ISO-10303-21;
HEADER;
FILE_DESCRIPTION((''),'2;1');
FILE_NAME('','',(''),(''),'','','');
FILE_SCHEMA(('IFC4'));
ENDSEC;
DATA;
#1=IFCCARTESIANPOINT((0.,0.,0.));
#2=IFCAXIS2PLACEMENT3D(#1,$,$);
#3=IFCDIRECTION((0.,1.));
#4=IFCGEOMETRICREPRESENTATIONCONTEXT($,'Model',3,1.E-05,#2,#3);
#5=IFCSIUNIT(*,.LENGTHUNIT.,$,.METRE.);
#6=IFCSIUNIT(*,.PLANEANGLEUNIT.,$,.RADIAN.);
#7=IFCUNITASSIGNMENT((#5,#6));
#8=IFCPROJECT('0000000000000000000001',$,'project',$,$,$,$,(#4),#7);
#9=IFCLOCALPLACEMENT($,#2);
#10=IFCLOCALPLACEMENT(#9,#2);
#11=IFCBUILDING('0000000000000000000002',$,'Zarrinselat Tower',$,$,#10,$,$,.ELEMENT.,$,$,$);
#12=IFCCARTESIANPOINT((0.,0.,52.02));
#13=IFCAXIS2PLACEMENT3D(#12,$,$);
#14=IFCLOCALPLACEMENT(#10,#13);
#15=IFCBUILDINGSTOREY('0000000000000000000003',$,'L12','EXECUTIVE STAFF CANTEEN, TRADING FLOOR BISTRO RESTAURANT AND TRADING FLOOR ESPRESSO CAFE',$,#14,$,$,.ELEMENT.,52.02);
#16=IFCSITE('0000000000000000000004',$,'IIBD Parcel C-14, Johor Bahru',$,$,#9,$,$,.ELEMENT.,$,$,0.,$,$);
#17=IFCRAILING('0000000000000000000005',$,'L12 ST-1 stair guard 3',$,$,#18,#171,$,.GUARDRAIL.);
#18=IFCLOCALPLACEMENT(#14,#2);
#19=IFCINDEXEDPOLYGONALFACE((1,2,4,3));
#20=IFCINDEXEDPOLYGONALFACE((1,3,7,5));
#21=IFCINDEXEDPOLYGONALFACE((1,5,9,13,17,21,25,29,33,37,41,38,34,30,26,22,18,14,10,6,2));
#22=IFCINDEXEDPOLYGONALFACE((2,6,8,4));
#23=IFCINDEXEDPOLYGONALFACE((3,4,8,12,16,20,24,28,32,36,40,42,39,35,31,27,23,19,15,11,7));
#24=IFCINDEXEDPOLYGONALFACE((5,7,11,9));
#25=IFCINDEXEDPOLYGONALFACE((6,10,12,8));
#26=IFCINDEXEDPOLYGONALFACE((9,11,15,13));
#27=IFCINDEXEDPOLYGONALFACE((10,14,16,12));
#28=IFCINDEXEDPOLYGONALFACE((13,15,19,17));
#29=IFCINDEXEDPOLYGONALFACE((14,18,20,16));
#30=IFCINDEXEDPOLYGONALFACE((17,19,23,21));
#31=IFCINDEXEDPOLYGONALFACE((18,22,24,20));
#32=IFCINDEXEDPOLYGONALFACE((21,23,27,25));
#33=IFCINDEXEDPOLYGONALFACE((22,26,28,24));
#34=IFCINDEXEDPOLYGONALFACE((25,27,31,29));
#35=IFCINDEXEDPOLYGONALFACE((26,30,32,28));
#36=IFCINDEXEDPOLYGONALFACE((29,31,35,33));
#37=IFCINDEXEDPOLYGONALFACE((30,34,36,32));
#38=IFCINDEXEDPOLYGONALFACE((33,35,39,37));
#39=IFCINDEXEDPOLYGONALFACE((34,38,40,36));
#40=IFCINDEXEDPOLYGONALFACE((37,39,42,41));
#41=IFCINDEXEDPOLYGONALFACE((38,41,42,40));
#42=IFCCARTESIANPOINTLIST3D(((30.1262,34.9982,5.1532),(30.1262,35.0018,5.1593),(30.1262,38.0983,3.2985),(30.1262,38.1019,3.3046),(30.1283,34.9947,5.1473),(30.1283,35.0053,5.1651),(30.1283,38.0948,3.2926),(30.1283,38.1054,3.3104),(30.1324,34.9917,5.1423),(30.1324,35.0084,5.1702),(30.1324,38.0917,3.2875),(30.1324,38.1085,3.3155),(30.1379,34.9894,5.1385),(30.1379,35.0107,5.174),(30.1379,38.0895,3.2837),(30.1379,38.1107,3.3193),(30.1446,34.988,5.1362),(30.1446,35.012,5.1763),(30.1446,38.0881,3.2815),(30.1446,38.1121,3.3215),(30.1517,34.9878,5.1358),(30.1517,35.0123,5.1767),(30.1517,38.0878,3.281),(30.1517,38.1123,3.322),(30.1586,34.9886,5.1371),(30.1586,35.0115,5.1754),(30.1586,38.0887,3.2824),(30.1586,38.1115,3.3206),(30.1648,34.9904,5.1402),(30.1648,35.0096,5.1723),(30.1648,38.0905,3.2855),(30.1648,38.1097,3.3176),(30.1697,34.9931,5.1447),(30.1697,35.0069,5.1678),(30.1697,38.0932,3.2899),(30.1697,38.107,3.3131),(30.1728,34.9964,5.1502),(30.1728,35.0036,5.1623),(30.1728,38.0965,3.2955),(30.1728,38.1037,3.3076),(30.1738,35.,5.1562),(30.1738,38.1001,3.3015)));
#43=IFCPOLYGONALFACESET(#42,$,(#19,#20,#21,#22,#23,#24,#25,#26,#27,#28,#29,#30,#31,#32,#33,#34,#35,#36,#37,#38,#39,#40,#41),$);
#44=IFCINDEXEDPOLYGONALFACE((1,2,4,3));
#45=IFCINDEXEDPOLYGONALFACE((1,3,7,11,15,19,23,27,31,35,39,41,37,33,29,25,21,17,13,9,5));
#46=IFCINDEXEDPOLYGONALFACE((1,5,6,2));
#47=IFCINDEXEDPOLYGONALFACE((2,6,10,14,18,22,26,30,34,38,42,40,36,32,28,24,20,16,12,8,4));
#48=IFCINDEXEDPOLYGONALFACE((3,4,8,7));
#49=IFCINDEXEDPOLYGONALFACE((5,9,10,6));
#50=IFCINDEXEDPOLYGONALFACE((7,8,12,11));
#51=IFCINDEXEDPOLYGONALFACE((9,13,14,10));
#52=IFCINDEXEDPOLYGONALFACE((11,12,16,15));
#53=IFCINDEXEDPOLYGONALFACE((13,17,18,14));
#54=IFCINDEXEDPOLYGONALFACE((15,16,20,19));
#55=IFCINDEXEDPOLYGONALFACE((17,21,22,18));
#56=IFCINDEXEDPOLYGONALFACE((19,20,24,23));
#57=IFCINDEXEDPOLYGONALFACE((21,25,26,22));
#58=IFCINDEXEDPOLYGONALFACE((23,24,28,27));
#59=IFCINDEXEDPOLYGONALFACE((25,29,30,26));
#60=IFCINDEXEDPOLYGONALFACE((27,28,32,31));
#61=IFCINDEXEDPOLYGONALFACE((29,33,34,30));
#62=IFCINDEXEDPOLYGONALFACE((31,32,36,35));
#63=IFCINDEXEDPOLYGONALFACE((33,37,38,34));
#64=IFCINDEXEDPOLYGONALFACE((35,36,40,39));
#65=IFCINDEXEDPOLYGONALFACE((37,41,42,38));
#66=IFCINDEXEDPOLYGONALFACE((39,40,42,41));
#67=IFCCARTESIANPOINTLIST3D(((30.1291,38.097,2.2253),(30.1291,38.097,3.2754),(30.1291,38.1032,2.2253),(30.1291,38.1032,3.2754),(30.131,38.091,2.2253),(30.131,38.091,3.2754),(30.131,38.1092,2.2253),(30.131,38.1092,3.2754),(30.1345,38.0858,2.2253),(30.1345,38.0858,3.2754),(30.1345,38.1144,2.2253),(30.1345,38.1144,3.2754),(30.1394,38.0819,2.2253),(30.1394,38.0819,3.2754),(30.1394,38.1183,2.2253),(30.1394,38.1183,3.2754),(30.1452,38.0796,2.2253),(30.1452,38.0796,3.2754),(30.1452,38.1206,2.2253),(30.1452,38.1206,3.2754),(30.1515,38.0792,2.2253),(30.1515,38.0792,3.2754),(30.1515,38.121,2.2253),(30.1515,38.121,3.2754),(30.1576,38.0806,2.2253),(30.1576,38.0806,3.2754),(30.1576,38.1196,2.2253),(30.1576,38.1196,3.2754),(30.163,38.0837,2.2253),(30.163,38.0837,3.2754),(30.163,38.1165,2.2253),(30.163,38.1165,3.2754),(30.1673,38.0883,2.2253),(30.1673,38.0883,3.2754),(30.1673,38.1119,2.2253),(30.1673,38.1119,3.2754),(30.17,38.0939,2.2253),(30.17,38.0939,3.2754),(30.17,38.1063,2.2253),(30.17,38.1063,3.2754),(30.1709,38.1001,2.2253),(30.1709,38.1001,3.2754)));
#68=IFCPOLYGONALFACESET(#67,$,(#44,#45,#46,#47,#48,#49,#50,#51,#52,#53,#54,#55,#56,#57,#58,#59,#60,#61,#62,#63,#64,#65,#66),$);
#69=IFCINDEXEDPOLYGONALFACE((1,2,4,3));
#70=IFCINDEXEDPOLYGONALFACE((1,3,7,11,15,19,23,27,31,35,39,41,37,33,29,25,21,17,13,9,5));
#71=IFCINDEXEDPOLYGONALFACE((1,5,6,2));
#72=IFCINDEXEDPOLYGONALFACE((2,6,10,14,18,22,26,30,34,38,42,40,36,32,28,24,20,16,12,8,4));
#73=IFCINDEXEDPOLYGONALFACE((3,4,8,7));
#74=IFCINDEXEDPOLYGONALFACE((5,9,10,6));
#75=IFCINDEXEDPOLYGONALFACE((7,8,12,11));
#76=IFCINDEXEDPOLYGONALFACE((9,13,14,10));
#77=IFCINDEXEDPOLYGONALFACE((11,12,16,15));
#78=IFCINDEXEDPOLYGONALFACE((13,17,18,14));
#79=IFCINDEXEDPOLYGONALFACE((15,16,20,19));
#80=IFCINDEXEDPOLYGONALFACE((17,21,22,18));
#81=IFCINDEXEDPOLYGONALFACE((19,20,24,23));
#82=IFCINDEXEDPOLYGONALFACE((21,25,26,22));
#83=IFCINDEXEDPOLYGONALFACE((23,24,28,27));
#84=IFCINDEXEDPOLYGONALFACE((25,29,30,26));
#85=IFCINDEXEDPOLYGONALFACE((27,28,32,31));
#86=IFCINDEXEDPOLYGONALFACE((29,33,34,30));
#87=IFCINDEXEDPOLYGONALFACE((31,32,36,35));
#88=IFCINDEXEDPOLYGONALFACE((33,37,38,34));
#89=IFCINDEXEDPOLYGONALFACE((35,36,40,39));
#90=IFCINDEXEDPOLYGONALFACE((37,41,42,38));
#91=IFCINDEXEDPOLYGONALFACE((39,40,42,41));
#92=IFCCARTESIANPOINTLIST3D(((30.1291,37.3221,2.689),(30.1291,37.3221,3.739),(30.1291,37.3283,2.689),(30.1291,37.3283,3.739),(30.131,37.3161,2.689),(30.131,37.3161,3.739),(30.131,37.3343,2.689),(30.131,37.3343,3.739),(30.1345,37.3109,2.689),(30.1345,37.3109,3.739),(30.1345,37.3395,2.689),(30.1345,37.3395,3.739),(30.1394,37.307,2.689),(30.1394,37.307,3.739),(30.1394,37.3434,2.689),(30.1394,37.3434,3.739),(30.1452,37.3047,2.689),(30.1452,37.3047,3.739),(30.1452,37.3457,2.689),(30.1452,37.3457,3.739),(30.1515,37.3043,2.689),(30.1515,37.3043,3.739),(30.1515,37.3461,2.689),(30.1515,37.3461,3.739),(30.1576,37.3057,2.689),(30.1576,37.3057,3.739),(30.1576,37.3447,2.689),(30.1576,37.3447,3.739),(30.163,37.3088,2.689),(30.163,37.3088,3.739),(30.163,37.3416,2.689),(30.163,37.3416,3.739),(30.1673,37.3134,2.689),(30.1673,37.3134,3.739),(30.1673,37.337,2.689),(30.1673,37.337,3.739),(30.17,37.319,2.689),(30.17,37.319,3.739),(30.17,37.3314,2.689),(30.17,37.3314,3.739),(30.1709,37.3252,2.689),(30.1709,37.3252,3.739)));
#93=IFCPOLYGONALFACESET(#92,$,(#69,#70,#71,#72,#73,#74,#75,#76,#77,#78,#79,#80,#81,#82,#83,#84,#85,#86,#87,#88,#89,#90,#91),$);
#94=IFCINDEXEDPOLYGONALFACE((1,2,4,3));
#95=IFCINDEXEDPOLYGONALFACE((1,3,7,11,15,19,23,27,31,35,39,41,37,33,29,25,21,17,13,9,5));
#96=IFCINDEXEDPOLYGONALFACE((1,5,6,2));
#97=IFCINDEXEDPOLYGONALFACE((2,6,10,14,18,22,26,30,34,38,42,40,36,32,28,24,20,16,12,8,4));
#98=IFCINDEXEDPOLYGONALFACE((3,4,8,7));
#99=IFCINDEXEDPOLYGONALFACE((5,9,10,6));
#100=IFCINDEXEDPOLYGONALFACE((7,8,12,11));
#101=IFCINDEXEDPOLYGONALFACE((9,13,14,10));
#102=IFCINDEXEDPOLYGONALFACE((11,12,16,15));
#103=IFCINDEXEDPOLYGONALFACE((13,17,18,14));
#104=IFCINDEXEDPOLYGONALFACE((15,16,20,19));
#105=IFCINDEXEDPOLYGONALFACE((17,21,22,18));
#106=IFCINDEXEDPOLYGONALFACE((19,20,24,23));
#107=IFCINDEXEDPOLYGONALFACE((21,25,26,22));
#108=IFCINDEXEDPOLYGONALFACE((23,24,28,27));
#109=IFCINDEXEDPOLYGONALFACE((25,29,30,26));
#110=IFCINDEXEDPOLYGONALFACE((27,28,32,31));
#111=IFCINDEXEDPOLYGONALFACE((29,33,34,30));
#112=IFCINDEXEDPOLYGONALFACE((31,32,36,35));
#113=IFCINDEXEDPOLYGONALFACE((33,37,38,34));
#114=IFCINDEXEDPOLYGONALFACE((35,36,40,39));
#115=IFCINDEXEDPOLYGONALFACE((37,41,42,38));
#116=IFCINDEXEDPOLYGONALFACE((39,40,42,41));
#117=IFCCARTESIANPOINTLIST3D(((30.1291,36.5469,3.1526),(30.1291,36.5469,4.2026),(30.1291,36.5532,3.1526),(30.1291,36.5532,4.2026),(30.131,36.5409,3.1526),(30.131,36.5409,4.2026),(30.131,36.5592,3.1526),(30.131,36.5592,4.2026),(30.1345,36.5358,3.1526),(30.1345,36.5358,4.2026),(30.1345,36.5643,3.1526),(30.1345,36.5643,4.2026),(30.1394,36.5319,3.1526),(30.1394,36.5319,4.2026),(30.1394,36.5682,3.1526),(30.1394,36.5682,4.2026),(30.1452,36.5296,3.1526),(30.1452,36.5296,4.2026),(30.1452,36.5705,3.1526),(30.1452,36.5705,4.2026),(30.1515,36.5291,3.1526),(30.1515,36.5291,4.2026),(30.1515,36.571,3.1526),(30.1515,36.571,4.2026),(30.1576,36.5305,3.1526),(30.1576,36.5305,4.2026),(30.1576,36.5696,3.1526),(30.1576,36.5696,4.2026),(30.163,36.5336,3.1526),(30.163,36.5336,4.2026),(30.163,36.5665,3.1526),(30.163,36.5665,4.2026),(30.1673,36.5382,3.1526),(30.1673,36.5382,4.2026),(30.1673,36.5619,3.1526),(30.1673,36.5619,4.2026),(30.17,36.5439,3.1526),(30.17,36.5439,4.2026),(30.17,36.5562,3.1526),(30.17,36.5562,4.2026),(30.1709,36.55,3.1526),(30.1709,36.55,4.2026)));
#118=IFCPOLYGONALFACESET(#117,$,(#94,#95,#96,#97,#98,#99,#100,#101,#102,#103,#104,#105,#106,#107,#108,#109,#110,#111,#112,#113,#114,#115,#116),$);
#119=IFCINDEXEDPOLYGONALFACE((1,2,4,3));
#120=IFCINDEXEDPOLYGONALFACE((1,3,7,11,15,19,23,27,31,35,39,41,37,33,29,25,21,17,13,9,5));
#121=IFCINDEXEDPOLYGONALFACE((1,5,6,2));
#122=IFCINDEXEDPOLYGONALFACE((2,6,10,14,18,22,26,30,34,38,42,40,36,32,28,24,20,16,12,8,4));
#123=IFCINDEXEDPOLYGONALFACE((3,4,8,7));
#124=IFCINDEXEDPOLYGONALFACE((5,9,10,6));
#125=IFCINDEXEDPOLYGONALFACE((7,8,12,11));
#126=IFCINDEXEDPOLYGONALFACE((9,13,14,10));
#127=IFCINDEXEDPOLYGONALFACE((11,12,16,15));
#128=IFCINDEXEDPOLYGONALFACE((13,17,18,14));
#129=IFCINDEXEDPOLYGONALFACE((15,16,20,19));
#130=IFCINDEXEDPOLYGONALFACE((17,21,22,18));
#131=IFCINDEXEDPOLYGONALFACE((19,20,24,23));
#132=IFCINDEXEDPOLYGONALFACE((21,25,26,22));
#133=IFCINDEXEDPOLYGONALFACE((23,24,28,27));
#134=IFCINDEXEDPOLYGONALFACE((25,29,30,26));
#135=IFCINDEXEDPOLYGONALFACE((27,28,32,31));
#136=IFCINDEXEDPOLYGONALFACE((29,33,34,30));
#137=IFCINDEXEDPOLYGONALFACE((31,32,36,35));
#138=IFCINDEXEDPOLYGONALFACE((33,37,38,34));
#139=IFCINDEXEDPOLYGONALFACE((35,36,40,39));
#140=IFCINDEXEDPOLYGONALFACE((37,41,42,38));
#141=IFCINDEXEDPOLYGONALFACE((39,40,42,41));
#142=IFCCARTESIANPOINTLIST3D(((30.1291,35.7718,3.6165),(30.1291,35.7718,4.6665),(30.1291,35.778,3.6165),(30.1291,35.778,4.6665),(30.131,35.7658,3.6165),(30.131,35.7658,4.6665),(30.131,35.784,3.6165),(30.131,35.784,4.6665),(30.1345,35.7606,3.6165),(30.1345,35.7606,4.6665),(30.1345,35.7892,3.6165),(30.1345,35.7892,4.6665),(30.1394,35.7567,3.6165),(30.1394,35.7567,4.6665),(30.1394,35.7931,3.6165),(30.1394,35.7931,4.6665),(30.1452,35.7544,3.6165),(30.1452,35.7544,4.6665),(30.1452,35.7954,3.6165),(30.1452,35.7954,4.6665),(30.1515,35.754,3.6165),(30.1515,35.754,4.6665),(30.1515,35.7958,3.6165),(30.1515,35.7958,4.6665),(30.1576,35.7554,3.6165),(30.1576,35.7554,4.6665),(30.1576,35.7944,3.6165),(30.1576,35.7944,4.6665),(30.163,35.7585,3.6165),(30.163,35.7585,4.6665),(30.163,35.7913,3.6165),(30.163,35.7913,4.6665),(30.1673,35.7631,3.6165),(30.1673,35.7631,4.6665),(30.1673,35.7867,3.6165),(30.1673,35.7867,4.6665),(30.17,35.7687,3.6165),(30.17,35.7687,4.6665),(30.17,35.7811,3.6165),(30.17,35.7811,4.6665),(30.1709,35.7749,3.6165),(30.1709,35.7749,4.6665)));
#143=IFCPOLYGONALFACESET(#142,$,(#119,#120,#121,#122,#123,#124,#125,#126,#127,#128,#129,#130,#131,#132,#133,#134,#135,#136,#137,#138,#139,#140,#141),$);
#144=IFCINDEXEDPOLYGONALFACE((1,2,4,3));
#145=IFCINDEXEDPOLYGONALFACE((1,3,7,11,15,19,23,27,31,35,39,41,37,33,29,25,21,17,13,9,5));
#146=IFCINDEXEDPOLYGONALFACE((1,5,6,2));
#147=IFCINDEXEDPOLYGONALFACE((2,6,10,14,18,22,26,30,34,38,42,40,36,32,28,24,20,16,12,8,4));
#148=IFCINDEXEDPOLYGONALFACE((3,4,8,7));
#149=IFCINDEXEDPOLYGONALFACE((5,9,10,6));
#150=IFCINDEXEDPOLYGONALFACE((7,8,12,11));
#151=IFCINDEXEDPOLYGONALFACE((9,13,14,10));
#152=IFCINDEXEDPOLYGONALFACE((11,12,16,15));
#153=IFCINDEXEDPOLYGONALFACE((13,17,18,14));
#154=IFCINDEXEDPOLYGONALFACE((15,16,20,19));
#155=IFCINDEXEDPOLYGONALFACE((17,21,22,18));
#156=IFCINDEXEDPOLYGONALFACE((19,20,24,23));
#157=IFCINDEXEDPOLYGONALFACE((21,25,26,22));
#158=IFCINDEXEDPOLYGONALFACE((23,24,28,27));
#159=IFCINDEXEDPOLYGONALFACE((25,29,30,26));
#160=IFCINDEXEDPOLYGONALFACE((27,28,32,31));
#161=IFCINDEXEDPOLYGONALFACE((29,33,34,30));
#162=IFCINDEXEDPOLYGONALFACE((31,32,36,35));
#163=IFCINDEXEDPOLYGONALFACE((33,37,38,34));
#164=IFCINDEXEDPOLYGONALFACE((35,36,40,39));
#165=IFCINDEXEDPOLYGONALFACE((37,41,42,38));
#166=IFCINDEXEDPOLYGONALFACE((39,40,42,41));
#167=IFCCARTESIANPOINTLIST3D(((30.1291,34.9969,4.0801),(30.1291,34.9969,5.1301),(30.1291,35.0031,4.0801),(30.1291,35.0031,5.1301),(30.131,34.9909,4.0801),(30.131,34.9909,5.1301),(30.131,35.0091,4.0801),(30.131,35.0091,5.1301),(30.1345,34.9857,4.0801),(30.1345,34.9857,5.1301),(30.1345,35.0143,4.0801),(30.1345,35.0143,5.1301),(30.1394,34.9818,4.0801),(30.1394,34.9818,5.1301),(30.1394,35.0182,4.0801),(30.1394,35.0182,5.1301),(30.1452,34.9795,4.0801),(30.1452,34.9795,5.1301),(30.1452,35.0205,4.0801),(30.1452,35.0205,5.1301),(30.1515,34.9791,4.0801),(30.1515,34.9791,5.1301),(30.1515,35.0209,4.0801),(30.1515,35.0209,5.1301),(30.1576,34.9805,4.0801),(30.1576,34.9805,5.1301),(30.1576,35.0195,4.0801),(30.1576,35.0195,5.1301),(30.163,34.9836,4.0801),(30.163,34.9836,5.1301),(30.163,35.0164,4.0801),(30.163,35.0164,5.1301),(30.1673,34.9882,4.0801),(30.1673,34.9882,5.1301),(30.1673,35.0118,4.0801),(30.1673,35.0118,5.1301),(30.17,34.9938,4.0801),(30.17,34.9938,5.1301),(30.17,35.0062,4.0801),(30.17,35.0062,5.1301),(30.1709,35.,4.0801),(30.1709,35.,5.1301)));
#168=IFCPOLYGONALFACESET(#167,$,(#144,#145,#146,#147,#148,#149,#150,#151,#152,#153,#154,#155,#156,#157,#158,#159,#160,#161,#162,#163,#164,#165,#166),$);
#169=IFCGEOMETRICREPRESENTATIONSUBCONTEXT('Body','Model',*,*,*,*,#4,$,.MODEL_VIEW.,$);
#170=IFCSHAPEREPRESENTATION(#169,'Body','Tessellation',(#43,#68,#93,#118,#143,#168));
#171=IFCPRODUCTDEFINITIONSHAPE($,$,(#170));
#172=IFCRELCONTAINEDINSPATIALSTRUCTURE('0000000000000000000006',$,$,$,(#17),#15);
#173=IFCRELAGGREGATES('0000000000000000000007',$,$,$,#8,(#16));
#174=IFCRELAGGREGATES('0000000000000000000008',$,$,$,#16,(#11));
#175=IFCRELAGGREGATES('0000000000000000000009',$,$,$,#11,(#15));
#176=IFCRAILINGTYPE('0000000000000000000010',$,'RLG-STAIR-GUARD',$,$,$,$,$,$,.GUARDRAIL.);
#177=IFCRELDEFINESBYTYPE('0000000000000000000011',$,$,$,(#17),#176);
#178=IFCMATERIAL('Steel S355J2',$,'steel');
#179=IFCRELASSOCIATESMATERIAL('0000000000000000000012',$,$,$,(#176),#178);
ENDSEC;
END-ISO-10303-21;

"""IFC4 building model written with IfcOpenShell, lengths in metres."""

from ifc_helpers import new_model, si_unit, direction, frame, origin, origin_2d, place, context, subcontext, project, spatial, circle, extrude, material, type_object, element, save


model = new_model("IFC4")

# Units and contexts
model_context = context("Model", 3, precision=1e-05, world=origin(), true_north=direction((0.0, 1.0)))
body_context = subcontext(model_context, "Body", "Model", "MODEL_VIEW")
ifc_project = project(units=[si_unit("LENGTHUNIT", "METRE"), si_unit("PLANEANGLEUNIT", "RADIAN")], contexts=[model_context])

# Site, building, storey
site_placement = place(None, origin())
site = spatial("IfcSite", under=ifc_project, at=site_placement, Name="IIBD Parcel C-14, Johor Bahru", CompositionType="ELEMENT", RefElevation=0.0)
building_placement = place(site_placement, origin())
building = spatial("IfcBuilding", under=site, at=building_placement, Name="Zarrinselat Tower", CompositionType="ELEMENT")
storey_placement = place(building_placement, frame((0.0, 0.0, 52.02)))
storey = spatial("IfcBuildingStorey", under=building, at=storey_placement, Name="L12", Description="EXECUTIVE STAFF CANTEEN, TRADING FLOOR BISTRO RESTAURANT AND TRADING FLOOR ESPRESSO CAFE", CompositionType="ELEMENT", Elevation=52.02)

# Railing
ifc_material_1 = material(Name="Steel S355J2", Category="steel")
railing_type_1 = type_object("IfcRailingType", Name="RLG-STAIR-GUARD", PredefinedType="GUARDRAIL", material=ifc_material_1)
railing_1_placement = place(storey_placement, frame((30.1499, 38.1001, 2.2253)))
element("IfcRailing", 1, at=railing_1_placement, inside=storey, type_object=railing_type_1, Name="L12 ST-1 stair guard 3", PredefinedType="GUARDRAIL", context=body_context, shape_type="SweptSolid", body=[
    extrude(circle(Radius=0.0239, at=origin_2d()), frame((0.0, 0.0, 1.0762), z_axis=(0.0, -0.858142, 0.513412), x_axis=(1.0, 0.0, 0.0)), (0.0, 0.0, 1.0), 3.6125),
    extrude(circle(Radius=0.021, at=origin_2d()), origin(), (0.0, 0.0, 1.0), 1.05),
    extrude(circle(Radius=0.021, at=origin_2d()), frame((0.0, -0.7749, 0.4636)), (0.0, 0.0, 1.0), 1.05),
    extrude(circle(Radius=0.021, at=origin_2d()), frame((0.0, -1.55, 0.9272)), (0.0, 0.0, 1.0), 1.05),
    extrude(circle(Radius=0.021, at=origin_2d()), frame((0.0, -2.3252, 1.3911)), (0.0, 0.0, 1.0), 1.05),
    extrude(circle(Radius=0.021, at=origin_2d()), frame((0.0, -3.1001, 1.8547)), (0.0, 0.0, 1.0), 1.05),
])

save(model, "model.ifc")
